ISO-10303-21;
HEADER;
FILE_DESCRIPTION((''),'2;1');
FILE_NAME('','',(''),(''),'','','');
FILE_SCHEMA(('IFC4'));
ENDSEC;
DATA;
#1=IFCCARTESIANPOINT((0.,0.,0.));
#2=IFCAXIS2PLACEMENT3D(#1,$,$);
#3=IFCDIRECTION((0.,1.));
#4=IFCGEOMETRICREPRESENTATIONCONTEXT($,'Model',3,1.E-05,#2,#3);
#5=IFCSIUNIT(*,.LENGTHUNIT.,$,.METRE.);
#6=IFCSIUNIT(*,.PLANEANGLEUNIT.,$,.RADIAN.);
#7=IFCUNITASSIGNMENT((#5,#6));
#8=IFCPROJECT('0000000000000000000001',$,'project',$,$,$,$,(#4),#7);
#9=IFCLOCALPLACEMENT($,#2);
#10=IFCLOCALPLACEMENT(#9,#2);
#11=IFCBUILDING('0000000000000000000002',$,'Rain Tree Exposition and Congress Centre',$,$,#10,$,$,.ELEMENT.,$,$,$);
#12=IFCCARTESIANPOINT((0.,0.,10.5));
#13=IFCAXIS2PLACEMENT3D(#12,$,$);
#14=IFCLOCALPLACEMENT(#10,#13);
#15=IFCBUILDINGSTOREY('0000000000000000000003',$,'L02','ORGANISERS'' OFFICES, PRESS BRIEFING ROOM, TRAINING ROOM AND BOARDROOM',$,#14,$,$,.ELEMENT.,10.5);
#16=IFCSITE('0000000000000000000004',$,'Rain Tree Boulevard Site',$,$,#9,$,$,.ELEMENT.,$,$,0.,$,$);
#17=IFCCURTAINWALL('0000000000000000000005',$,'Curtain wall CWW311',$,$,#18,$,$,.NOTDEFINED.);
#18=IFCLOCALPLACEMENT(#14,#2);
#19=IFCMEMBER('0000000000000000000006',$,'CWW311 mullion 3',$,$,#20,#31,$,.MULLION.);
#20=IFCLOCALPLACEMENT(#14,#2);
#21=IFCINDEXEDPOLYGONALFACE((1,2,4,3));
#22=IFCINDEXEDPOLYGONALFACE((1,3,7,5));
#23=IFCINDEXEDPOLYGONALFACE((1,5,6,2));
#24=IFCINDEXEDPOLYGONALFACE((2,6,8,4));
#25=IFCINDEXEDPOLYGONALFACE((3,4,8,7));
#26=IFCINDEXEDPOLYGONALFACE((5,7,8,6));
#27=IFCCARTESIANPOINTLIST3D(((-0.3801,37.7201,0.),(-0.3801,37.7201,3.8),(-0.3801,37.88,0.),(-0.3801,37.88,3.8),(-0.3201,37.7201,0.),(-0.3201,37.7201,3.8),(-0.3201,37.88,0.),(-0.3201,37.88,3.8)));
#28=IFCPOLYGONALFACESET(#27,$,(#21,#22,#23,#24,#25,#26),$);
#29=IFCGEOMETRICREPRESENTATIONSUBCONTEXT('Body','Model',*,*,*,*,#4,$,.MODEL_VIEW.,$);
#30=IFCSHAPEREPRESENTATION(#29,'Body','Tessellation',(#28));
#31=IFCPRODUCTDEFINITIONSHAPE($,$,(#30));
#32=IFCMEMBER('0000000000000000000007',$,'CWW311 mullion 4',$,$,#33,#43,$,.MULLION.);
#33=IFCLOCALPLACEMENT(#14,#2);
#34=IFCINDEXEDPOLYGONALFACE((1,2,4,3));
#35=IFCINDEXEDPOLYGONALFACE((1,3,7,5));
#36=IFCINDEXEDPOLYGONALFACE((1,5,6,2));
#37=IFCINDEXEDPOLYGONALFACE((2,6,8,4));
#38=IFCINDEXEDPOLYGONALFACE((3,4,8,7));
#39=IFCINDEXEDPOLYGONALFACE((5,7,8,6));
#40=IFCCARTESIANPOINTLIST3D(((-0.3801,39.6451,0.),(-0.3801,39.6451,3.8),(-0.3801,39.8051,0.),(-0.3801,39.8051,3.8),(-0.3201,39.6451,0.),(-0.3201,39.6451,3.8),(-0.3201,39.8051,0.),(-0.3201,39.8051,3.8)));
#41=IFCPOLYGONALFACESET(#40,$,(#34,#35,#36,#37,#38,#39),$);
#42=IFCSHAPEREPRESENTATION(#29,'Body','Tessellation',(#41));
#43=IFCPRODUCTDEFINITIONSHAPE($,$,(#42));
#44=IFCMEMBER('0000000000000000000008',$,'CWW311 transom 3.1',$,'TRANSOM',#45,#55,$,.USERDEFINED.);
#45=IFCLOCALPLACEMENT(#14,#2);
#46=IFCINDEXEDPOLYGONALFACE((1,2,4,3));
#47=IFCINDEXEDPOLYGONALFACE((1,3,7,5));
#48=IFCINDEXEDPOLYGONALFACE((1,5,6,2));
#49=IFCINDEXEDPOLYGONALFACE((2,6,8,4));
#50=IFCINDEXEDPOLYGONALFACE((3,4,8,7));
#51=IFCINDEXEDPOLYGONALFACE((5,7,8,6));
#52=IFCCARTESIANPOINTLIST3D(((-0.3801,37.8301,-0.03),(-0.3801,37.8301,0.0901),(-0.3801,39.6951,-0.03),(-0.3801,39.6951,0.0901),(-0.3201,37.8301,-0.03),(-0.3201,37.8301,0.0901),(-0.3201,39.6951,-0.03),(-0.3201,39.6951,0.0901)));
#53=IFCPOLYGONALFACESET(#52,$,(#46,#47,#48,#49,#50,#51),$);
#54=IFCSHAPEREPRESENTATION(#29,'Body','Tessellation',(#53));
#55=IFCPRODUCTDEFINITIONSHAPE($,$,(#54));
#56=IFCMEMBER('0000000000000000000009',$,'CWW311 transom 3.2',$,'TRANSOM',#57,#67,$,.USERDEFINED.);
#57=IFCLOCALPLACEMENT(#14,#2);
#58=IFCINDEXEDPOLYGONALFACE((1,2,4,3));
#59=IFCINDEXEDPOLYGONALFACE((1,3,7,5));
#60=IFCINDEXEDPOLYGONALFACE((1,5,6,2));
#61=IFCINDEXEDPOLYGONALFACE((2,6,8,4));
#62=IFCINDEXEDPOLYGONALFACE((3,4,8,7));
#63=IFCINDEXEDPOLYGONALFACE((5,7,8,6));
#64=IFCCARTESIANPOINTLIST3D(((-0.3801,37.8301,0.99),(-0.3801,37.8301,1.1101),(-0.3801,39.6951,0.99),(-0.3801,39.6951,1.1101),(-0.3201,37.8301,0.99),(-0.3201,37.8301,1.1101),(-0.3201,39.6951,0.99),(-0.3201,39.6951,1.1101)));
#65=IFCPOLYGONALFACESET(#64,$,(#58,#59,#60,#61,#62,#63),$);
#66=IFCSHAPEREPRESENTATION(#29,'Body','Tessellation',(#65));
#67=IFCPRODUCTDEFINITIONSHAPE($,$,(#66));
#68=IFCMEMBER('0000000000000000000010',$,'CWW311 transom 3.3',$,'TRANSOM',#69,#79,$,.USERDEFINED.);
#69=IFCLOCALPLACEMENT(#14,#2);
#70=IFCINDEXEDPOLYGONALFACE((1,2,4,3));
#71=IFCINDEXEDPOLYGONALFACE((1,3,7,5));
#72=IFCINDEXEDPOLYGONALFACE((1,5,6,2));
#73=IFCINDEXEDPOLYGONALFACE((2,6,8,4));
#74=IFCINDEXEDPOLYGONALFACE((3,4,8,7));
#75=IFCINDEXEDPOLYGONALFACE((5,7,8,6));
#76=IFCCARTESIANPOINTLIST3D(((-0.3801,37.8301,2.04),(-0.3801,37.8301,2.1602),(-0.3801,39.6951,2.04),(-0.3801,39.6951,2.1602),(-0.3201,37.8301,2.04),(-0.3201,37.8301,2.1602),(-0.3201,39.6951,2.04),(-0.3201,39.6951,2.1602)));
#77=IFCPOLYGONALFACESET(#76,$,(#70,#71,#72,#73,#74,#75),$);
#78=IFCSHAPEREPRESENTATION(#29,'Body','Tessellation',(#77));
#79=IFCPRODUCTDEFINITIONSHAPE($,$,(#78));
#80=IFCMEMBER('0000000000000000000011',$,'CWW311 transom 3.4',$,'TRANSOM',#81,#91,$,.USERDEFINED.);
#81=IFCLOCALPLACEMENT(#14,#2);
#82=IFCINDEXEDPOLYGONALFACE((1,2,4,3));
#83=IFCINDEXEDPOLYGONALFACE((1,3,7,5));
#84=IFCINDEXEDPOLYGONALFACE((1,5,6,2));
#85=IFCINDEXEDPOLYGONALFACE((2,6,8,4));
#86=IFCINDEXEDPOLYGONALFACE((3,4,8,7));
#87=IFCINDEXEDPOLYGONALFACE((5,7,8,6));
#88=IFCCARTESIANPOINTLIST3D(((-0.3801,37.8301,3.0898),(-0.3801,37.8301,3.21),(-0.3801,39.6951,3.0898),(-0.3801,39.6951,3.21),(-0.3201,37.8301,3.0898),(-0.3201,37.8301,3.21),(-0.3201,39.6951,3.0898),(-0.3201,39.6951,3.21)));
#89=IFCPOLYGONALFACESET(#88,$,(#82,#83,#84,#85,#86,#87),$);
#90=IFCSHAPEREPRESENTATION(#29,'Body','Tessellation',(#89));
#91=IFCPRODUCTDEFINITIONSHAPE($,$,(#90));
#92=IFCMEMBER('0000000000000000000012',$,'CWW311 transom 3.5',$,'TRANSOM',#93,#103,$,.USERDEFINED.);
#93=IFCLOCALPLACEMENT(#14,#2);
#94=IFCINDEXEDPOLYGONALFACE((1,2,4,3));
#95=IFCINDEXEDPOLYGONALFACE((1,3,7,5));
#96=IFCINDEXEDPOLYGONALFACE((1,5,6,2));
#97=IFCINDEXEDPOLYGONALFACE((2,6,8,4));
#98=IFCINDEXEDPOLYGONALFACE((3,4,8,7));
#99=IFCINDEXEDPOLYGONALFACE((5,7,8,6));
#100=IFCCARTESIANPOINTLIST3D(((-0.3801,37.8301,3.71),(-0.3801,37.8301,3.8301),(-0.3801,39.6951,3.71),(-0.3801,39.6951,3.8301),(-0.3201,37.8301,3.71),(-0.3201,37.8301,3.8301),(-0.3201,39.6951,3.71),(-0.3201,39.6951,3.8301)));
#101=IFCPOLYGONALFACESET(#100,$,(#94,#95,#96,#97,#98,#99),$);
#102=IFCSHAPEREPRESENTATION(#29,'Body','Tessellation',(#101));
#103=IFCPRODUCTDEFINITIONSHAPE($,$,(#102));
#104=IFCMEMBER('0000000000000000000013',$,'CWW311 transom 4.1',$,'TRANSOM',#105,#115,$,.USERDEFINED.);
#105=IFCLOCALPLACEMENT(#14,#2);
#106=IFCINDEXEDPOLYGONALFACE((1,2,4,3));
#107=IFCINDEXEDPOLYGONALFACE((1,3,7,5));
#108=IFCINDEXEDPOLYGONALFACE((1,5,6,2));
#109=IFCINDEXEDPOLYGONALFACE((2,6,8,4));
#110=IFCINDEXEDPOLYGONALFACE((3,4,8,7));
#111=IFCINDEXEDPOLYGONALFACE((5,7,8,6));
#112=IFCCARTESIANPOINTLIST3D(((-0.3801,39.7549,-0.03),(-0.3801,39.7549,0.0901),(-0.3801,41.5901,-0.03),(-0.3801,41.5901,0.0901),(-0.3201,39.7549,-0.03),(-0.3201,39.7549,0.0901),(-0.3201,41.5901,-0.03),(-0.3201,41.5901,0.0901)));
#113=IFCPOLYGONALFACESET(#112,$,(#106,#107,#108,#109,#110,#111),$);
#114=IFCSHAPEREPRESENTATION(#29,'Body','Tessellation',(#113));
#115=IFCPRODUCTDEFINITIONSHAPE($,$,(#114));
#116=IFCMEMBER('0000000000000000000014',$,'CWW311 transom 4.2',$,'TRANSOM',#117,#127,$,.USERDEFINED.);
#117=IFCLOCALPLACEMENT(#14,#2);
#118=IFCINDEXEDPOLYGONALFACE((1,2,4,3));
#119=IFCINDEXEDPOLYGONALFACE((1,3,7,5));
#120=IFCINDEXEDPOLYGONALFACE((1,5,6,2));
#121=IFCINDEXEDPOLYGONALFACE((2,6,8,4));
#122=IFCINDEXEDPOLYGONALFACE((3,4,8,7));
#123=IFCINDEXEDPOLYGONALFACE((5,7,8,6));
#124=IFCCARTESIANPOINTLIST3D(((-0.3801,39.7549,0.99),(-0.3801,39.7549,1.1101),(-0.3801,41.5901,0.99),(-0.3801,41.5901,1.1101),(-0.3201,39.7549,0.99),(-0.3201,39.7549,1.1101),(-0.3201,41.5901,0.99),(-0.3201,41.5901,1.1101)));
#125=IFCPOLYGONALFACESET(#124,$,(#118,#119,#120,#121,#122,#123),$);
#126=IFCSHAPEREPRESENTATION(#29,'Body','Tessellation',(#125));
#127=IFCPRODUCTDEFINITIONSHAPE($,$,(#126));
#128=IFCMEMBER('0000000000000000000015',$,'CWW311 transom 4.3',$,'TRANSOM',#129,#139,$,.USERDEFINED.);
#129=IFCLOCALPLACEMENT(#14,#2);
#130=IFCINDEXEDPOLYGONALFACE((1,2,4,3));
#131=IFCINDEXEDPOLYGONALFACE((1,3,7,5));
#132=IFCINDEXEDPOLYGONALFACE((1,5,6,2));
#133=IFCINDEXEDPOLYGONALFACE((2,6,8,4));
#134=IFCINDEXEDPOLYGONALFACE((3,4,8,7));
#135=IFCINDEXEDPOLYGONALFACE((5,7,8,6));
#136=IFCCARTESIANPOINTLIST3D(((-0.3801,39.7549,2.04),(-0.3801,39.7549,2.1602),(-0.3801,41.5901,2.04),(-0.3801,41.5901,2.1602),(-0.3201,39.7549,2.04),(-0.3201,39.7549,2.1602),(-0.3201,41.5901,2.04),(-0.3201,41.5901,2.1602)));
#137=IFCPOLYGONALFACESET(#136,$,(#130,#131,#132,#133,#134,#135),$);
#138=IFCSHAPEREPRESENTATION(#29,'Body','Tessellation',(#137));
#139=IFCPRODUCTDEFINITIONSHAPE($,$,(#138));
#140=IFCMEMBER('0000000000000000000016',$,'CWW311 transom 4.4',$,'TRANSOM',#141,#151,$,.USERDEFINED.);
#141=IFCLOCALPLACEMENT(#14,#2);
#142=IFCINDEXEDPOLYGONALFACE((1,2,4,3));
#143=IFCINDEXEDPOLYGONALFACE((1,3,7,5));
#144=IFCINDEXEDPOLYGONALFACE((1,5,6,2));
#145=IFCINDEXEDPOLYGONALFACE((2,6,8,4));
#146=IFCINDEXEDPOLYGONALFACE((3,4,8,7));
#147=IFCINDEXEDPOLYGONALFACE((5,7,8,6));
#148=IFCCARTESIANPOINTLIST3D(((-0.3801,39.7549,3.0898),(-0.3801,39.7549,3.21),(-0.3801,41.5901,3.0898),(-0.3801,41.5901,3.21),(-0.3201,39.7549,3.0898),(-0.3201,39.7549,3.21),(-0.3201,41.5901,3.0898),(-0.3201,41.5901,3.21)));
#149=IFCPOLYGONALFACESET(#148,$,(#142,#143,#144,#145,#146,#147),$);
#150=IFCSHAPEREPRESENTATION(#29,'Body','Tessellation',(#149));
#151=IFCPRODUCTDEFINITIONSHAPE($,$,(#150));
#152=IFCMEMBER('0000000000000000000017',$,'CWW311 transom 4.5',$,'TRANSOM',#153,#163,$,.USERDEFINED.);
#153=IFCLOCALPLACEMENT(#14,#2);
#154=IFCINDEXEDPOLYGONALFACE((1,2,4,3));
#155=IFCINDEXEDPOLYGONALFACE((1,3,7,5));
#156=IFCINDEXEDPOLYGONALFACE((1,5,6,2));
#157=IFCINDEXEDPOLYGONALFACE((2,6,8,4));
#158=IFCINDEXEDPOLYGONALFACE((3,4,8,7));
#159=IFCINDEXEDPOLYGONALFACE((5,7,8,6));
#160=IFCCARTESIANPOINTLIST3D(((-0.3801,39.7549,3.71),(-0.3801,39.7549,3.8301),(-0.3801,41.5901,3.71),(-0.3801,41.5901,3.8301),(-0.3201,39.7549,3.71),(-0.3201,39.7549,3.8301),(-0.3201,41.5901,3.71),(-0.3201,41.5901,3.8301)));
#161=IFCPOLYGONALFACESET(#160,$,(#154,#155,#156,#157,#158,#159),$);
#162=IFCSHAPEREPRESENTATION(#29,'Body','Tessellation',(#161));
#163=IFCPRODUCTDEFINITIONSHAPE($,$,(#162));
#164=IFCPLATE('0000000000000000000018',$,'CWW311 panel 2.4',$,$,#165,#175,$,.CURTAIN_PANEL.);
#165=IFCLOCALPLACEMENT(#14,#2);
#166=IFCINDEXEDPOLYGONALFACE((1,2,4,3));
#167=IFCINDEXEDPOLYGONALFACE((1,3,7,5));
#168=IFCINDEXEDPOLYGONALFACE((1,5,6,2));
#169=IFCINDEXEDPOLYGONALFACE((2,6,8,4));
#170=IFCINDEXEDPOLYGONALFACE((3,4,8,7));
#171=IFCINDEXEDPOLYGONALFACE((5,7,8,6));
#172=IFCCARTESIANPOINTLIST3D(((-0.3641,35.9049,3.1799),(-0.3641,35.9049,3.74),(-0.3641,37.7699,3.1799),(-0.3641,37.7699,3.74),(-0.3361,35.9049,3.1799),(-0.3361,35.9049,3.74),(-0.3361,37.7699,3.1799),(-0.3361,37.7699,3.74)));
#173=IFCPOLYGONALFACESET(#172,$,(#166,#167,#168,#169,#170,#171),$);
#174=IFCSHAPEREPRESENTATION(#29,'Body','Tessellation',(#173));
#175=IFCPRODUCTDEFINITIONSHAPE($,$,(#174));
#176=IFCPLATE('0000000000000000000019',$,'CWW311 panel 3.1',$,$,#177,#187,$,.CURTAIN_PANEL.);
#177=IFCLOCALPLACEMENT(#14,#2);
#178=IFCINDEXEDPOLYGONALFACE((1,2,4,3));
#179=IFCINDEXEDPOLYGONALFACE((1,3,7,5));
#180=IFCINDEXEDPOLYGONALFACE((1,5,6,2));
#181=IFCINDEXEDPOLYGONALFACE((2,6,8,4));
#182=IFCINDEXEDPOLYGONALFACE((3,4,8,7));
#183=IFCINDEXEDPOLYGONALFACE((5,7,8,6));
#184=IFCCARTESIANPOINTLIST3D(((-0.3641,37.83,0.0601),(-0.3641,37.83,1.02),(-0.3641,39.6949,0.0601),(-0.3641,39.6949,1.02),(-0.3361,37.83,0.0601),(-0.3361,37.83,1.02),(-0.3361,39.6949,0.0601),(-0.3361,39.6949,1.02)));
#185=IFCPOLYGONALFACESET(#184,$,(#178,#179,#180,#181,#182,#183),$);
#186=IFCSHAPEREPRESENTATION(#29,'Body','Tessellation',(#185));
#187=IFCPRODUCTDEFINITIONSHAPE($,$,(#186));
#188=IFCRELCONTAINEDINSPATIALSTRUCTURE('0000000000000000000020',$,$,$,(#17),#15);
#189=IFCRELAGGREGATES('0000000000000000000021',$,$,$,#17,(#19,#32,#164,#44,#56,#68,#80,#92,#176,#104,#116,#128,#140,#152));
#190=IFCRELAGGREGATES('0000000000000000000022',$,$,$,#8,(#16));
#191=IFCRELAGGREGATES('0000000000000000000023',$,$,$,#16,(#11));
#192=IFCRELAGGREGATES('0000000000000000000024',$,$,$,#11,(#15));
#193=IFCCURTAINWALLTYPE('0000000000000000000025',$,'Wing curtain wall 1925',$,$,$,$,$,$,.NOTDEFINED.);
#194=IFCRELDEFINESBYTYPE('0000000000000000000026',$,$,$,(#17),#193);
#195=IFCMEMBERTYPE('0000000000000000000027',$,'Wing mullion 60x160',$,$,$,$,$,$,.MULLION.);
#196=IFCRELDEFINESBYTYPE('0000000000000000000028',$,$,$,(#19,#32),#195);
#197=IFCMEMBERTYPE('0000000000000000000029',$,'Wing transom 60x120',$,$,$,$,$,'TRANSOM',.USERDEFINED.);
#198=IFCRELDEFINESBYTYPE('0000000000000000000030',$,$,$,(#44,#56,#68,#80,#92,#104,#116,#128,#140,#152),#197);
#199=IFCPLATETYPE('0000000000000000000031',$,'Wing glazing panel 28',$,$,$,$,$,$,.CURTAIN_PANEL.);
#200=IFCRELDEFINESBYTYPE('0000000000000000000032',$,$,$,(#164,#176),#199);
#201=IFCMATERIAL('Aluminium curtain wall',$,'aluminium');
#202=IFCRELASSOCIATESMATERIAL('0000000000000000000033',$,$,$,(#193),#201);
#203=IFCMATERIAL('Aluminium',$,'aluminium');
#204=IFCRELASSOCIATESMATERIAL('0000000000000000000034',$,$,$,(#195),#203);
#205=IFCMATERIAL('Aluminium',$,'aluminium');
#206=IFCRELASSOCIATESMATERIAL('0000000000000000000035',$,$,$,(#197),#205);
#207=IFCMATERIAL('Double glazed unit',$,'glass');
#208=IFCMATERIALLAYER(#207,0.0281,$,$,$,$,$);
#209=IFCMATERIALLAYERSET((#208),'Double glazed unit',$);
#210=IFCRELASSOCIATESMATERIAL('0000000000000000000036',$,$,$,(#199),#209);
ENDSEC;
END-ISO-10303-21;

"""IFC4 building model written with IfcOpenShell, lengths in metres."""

from ifc_helpers import new_model, si_unit, direction, frame, origin, origin_2d, place, context, subcontext, project, spatial, rectangle, extrude, material, layer, layer_set, material_profile, profile_set, type_object, element, aggregate, save


model = new_model("IFC4")

# Units and contexts
model_context = context("Model", 3, precision=1e-05, world=origin(), true_north=direction((0.0, 1.0)))
body_context = subcontext(model_context, "Body", "Model", "MODEL_VIEW")
ifc_project = project(units=[si_unit("LENGTHUNIT", "METRE"), si_unit("PLANEANGLEUNIT", "RADIAN")], contexts=[model_context])

# Site, building, storey
site_placement = place(None, origin())
site = spatial("IfcSite", under=ifc_project, at=site_placement, Name="Rain Tree Boulevard Site", CompositionType="ELEMENT", RefElevation=0.0)
building_placement = place(site_placement, origin())
building = spatial("IfcBuilding", under=site, at=building_placement, Name="Rain Tree Exposition and Congress Centre", CompositionType="ELEMENT")
storey_placement = place(building_placement, frame((0.0, 0.0, 10.5)))
storey = spatial("IfcBuildingStorey", under=building, at=storey_placement, Name="L02", Description="ORGANISERS' OFFICES, PRESS BRIEFING ROOM, TRAINING ROOM AND BOARDROOM", CompositionType="ELEMENT", Elevation=10.5)

# Curtain wall, members, plates
ifc_material_1 = material(Name="Aluminium curtain wall", Category="aluminium")
curtain_wall_type = type_object("IfcCurtainWallType", Name="Wing curtain wall 1925", PredefinedType="NOTDEFINED", material=ifc_material_1)
curtain_wall_placement = place(storey_placement, origin())
curtain_wall = element("IfcCurtainWall", 1, at=curtain_wall_placement, inside=storey, type_object=curtain_wall_type, Name="Curtain wall CWW311", PredefinedType="NOTDEFINED")
ifc_material_2 = material(Name="Aluminium", Category="aluminium")
ifc_material_profile_1 = material_profile(ifc_material_2, rectangle(XDim=0.0601, YDim=0.1599, at=origin_2d()), Name="Aluminium 60x160")
ifc_profile_set_1 = profile_set([ifc_material_profile_1], Name="Aluminium")
member_type_1 = type_object("IfcMemberType", Name="Wing mullion 60x160", PredefinedType="MULLION", material=ifc_profile_set_1)
member_1_placement = place(storey_placement, frame((-0.3501, 37.8, 0.0), z_axis=(0.0, 0.0, 1.0), x_axis=(-1.0, 0.0, 0.0)))
member_1 = element("IfcMember", 2, at=member_1_placement, type_object=member_type_1, Name="CWW311 mullion 3", PredefinedType="MULLION", context=body_context, shape_type="SweptSolid", body=[
    extrude(rectangle(XDim=0.0601, YDim=0.1599, at=origin_2d()), origin(), (0.0, 0.0, 1.0), 3.8),
])
member_2_placement = place(storey_placement, frame((-0.3501, 39.7251, 0.0), z_axis=(0.0, 0.0, 1.0), x_axis=(-1.0, 0.0, 0.0)))
member_2 = element("IfcMember", 3, at=member_2_placement, type_object=member_type_1, Name="CWW311 mullion 4", PredefinedType="MULLION", context=body_context, shape_type="SweptSolid", body=[
    extrude(rectangle(XDim=0.0601, YDim=0.1599, at=origin_2d()), origin(), (0.0, 0.0, 1.0), 3.8),
])
ifc_material_3 = material(Name="Aluminium", Category="aluminium")
ifc_material_profile_2 = material_profile(ifc_material_3, rectangle(XDim=0.0601, YDim=0.1201, at=origin_2d()), Name="Aluminium 60x120")
ifc_profile_set_2 = profile_set([ifc_material_profile_2], Name="Aluminium")
member_type_2 = type_object("IfcMemberType", Name="Wing transom 60x120", ElementType="TRANSOM", PredefinedType="USERDEFINED", material=ifc_profile_set_2)
member_3_placement = place(storey_placement, frame((-0.3501, 37.8301, 0.03), z_axis=(0.0, 1.0, 0.0), x_axis=(-1.0, 0.0, 0.0)))
member_3 = element("IfcMember", 4, at=member_3_placement, type_object=member_type_2, Name="CWW311 transom 3.1", ObjectType="TRANSOM", PredefinedType="USERDEFINED", context=body_context, shape_type="SweptSolid", body=[
    extrude(rectangle(XDim=0.0601, YDim=0.1201, at=origin_2d()), origin(), (0.0, 0.0, 1.0), 1.865),
])
member_4_placement = place(storey_placement, frame((-0.3501, 37.8301, 1.05), z_axis=(0.0, 1.0, 0.0), x_axis=(-1.0, 0.0, 0.0)))
member_4 = element("IfcMember", 5, at=member_4_placement, type_object=member_type_2, Name="CWW311 transom 3.2", ObjectType="TRANSOM", PredefinedType="USERDEFINED", context=body_context, shape_type="SweptSolid", body=[
    extrude(rectangle(XDim=0.0601, YDim=0.1201, at=origin_2d()), origin(), (0.0, 0.0, 1.0), 1.865),
])
member_5_placement = place(storey_placement, frame((-0.3501, 37.8301, 2.1001), z_axis=(0.0, 1.0, 0.0), x_axis=(-1.0, 0.0, 0.0)))
member_5 = element("IfcMember", 6, at=member_5_placement, type_object=member_type_2, Name="CWW311 transom 3.3", ObjectType="TRANSOM", PredefinedType="USERDEFINED", context=body_context, shape_type="SweptSolid", body=[
    extrude(rectangle(XDim=0.0601, YDim=0.1201, at=origin_2d()), origin(), (0.0, 0.0, 1.0), 1.865),
])
member_6_placement = place(storey_placement, frame((-0.3501, 37.8301, 3.1499), z_axis=(0.0, 1.0, 0.0), x_axis=(-1.0, 0.0, 0.0)))
member_6 = element("IfcMember", 7, at=member_6_placement, type_object=member_type_2, Name="CWW311 transom 3.4", ObjectType="TRANSOM", PredefinedType="USERDEFINED", context=body_context, shape_type="SweptSolid", body=[
    extrude(rectangle(XDim=0.0601, YDim=0.1201, at=origin_2d()), origin(), (0.0, 0.0, 1.0), 1.865),
])
member_7_placement = place(storey_placement, frame((-0.3501, 37.8301, 3.77), z_axis=(0.0, 1.0, 0.0), x_axis=(-1.0, 0.0, 0.0)))
member_7 = element("IfcMember", 8, at=member_7_placement, type_object=member_type_2, Name="CWW311 transom 3.5", ObjectType="TRANSOM", PredefinedType="USERDEFINED", context=body_context, shape_type="SweptSolid", body=[
    extrude(rectangle(XDim=0.0601, YDim=0.1201, at=origin_2d()), origin(), (0.0, 0.0, 1.0), 1.865),
])
member_8_placement = place(storey_placement, frame((-0.3501, 39.7549, 0.03), z_axis=(0.0, 1.0, 0.0), x_axis=(-1.0, 0.0, 0.0)))
member_8 = element("IfcMember", 9, at=member_8_placement, type_object=member_type_2, Name="CWW311 transom 4.1", ObjectType="TRANSOM", PredefinedType="USERDEFINED", context=body_context, shape_type="SweptSolid", body=[
    extrude(rectangle(XDim=0.0601, YDim=0.1201, at=origin_2d()), origin(), (0.0, 0.0, 1.0), 1.8352),
])
member_9_placement = place(storey_placement, frame((-0.3501, 39.7549, 1.05), z_axis=(0.0, 1.0, 0.0), x_axis=(-1.0, 0.0, 0.0)))
member_9 = element("IfcMember", 10, at=member_9_placement, type_object=member_type_2, Name="CWW311 transom 4.2", ObjectType="TRANSOM", PredefinedType="USERDEFINED", context=body_context, shape_type="SweptSolid", body=[
    extrude(rectangle(XDim=0.0601, YDim=0.1201, at=origin_2d()), origin(), (0.0, 0.0, 1.0), 1.8352),
])
member_10_placement = place(storey_placement, frame((-0.3501, 39.7549, 2.1001), z_axis=(0.0, 1.0, 0.0), x_axis=(-1.0, 0.0, 0.0)))
member_10 = element("IfcMember", 11, at=member_10_placement, type_object=member_type_2, Name="CWW311 transom 4.3", ObjectType="TRANSOM", PredefinedType="USERDEFINED", context=body_context, shape_type="SweptSolid", body=[
    extrude(rectangle(XDim=0.0601, YDim=0.1201, at=origin_2d()), origin(), (0.0, 0.0, 1.0), 1.8352),
])
member_11_placement = place(storey_placement, frame((-0.3501, 39.7549, 3.1499), z_axis=(0.0, 1.0, 0.0), x_axis=(-1.0, 0.0, 0.0)))
member_11 = element("IfcMember", 12, at=member_11_placement, type_object=member_type_2, Name="CWW311 transom 4.4", ObjectType="TRANSOM", PredefinedType="USERDEFINED", context=body_context, shape_type="SweptSolid", body=[
    extrude(rectangle(XDim=0.0601, YDim=0.1201, at=origin_2d()), origin(), (0.0, 0.0, 1.0), 1.8352),
])
member_12_placement = place(storey_placement, frame((-0.3501, 39.7549, 3.77), z_axis=(0.0, 1.0, 0.0), x_axis=(-1.0, 0.0, 0.0)))
member_12 = element("IfcMember", 13, at=member_12_placement, type_object=member_type_2, Name="CWW311 transom 4.5", ObjectType="TRANSOM", PredefinedType="USERDEFINED", context=body_context, shape_type="SweptSolid", body=[
    extrude(rectangle(XDim=0.0601, YDim=0.1201, at=origin_2d()), origin(), (0.0, 0.0, 1.0), 1.8352),
])
ifc_material_4 = material(Name="Double glazed unit", Category="glass")
ifc_layer_1 = layer(ifc_material_4, 0.0281)
ifc_layer_set_1 = layer_set([ifc_layer_1], Name="Double glazed unit")
plate_type = type_object("IfcPlateType", Name="Wing glazing panel 28", PredefinedType="CURTAIN_PANEL", material=ifc_layer_set_1)
plate_1_placement = place(storey_placement, frame((-0.3501, 36.8374, 3.1799), z_axis=(0.0, 0.0, 1.0), x_axis=(0.0, 1.0, 0.0)))
plate_1 = element("IfcPlate", 14, at=plate_1_placement, type_object=plate_type, Name="CWW311 panel 2.4", PredefinedType="CURTAIN_PANEL", context=body_context, shape_type="SweptSolid", body=[
    extrude(rectangle(XDim=1.865, YDim=0.0281, at=origin_2d()), origin(), (0.0, 0.0, 1.0), 0.5601),
])
plate_2_placement = place(storey_placement, frame((-0.3501, 38.7625, 0.0601), z_axis=(0.0, 0.0, 1.0), x_axis=(0.0, 1.0, 0.0)))
plate_2 = element("IfcPlate", 15, at=plate_2_placement, type_object=plate_type, Name="CWW311 panel 3.1", PredefinedType="CURTAIN_PANEL", context=body_context, shape_type="SweptSolid", body=[
    extrude(rectangle(XDim=1.865, YDim=0.0281, at=origin_2d()), origin(), (0.0, 0.0, 1.0), 0.96),
])
aggregate(curtain_wall, [member_1, member_2, plate_1, member_3, member_4, member_5, member_6, member_7, plate_2, member_8, member_9, member_10, member_11, member_12])

save(model, "model.ifc")
